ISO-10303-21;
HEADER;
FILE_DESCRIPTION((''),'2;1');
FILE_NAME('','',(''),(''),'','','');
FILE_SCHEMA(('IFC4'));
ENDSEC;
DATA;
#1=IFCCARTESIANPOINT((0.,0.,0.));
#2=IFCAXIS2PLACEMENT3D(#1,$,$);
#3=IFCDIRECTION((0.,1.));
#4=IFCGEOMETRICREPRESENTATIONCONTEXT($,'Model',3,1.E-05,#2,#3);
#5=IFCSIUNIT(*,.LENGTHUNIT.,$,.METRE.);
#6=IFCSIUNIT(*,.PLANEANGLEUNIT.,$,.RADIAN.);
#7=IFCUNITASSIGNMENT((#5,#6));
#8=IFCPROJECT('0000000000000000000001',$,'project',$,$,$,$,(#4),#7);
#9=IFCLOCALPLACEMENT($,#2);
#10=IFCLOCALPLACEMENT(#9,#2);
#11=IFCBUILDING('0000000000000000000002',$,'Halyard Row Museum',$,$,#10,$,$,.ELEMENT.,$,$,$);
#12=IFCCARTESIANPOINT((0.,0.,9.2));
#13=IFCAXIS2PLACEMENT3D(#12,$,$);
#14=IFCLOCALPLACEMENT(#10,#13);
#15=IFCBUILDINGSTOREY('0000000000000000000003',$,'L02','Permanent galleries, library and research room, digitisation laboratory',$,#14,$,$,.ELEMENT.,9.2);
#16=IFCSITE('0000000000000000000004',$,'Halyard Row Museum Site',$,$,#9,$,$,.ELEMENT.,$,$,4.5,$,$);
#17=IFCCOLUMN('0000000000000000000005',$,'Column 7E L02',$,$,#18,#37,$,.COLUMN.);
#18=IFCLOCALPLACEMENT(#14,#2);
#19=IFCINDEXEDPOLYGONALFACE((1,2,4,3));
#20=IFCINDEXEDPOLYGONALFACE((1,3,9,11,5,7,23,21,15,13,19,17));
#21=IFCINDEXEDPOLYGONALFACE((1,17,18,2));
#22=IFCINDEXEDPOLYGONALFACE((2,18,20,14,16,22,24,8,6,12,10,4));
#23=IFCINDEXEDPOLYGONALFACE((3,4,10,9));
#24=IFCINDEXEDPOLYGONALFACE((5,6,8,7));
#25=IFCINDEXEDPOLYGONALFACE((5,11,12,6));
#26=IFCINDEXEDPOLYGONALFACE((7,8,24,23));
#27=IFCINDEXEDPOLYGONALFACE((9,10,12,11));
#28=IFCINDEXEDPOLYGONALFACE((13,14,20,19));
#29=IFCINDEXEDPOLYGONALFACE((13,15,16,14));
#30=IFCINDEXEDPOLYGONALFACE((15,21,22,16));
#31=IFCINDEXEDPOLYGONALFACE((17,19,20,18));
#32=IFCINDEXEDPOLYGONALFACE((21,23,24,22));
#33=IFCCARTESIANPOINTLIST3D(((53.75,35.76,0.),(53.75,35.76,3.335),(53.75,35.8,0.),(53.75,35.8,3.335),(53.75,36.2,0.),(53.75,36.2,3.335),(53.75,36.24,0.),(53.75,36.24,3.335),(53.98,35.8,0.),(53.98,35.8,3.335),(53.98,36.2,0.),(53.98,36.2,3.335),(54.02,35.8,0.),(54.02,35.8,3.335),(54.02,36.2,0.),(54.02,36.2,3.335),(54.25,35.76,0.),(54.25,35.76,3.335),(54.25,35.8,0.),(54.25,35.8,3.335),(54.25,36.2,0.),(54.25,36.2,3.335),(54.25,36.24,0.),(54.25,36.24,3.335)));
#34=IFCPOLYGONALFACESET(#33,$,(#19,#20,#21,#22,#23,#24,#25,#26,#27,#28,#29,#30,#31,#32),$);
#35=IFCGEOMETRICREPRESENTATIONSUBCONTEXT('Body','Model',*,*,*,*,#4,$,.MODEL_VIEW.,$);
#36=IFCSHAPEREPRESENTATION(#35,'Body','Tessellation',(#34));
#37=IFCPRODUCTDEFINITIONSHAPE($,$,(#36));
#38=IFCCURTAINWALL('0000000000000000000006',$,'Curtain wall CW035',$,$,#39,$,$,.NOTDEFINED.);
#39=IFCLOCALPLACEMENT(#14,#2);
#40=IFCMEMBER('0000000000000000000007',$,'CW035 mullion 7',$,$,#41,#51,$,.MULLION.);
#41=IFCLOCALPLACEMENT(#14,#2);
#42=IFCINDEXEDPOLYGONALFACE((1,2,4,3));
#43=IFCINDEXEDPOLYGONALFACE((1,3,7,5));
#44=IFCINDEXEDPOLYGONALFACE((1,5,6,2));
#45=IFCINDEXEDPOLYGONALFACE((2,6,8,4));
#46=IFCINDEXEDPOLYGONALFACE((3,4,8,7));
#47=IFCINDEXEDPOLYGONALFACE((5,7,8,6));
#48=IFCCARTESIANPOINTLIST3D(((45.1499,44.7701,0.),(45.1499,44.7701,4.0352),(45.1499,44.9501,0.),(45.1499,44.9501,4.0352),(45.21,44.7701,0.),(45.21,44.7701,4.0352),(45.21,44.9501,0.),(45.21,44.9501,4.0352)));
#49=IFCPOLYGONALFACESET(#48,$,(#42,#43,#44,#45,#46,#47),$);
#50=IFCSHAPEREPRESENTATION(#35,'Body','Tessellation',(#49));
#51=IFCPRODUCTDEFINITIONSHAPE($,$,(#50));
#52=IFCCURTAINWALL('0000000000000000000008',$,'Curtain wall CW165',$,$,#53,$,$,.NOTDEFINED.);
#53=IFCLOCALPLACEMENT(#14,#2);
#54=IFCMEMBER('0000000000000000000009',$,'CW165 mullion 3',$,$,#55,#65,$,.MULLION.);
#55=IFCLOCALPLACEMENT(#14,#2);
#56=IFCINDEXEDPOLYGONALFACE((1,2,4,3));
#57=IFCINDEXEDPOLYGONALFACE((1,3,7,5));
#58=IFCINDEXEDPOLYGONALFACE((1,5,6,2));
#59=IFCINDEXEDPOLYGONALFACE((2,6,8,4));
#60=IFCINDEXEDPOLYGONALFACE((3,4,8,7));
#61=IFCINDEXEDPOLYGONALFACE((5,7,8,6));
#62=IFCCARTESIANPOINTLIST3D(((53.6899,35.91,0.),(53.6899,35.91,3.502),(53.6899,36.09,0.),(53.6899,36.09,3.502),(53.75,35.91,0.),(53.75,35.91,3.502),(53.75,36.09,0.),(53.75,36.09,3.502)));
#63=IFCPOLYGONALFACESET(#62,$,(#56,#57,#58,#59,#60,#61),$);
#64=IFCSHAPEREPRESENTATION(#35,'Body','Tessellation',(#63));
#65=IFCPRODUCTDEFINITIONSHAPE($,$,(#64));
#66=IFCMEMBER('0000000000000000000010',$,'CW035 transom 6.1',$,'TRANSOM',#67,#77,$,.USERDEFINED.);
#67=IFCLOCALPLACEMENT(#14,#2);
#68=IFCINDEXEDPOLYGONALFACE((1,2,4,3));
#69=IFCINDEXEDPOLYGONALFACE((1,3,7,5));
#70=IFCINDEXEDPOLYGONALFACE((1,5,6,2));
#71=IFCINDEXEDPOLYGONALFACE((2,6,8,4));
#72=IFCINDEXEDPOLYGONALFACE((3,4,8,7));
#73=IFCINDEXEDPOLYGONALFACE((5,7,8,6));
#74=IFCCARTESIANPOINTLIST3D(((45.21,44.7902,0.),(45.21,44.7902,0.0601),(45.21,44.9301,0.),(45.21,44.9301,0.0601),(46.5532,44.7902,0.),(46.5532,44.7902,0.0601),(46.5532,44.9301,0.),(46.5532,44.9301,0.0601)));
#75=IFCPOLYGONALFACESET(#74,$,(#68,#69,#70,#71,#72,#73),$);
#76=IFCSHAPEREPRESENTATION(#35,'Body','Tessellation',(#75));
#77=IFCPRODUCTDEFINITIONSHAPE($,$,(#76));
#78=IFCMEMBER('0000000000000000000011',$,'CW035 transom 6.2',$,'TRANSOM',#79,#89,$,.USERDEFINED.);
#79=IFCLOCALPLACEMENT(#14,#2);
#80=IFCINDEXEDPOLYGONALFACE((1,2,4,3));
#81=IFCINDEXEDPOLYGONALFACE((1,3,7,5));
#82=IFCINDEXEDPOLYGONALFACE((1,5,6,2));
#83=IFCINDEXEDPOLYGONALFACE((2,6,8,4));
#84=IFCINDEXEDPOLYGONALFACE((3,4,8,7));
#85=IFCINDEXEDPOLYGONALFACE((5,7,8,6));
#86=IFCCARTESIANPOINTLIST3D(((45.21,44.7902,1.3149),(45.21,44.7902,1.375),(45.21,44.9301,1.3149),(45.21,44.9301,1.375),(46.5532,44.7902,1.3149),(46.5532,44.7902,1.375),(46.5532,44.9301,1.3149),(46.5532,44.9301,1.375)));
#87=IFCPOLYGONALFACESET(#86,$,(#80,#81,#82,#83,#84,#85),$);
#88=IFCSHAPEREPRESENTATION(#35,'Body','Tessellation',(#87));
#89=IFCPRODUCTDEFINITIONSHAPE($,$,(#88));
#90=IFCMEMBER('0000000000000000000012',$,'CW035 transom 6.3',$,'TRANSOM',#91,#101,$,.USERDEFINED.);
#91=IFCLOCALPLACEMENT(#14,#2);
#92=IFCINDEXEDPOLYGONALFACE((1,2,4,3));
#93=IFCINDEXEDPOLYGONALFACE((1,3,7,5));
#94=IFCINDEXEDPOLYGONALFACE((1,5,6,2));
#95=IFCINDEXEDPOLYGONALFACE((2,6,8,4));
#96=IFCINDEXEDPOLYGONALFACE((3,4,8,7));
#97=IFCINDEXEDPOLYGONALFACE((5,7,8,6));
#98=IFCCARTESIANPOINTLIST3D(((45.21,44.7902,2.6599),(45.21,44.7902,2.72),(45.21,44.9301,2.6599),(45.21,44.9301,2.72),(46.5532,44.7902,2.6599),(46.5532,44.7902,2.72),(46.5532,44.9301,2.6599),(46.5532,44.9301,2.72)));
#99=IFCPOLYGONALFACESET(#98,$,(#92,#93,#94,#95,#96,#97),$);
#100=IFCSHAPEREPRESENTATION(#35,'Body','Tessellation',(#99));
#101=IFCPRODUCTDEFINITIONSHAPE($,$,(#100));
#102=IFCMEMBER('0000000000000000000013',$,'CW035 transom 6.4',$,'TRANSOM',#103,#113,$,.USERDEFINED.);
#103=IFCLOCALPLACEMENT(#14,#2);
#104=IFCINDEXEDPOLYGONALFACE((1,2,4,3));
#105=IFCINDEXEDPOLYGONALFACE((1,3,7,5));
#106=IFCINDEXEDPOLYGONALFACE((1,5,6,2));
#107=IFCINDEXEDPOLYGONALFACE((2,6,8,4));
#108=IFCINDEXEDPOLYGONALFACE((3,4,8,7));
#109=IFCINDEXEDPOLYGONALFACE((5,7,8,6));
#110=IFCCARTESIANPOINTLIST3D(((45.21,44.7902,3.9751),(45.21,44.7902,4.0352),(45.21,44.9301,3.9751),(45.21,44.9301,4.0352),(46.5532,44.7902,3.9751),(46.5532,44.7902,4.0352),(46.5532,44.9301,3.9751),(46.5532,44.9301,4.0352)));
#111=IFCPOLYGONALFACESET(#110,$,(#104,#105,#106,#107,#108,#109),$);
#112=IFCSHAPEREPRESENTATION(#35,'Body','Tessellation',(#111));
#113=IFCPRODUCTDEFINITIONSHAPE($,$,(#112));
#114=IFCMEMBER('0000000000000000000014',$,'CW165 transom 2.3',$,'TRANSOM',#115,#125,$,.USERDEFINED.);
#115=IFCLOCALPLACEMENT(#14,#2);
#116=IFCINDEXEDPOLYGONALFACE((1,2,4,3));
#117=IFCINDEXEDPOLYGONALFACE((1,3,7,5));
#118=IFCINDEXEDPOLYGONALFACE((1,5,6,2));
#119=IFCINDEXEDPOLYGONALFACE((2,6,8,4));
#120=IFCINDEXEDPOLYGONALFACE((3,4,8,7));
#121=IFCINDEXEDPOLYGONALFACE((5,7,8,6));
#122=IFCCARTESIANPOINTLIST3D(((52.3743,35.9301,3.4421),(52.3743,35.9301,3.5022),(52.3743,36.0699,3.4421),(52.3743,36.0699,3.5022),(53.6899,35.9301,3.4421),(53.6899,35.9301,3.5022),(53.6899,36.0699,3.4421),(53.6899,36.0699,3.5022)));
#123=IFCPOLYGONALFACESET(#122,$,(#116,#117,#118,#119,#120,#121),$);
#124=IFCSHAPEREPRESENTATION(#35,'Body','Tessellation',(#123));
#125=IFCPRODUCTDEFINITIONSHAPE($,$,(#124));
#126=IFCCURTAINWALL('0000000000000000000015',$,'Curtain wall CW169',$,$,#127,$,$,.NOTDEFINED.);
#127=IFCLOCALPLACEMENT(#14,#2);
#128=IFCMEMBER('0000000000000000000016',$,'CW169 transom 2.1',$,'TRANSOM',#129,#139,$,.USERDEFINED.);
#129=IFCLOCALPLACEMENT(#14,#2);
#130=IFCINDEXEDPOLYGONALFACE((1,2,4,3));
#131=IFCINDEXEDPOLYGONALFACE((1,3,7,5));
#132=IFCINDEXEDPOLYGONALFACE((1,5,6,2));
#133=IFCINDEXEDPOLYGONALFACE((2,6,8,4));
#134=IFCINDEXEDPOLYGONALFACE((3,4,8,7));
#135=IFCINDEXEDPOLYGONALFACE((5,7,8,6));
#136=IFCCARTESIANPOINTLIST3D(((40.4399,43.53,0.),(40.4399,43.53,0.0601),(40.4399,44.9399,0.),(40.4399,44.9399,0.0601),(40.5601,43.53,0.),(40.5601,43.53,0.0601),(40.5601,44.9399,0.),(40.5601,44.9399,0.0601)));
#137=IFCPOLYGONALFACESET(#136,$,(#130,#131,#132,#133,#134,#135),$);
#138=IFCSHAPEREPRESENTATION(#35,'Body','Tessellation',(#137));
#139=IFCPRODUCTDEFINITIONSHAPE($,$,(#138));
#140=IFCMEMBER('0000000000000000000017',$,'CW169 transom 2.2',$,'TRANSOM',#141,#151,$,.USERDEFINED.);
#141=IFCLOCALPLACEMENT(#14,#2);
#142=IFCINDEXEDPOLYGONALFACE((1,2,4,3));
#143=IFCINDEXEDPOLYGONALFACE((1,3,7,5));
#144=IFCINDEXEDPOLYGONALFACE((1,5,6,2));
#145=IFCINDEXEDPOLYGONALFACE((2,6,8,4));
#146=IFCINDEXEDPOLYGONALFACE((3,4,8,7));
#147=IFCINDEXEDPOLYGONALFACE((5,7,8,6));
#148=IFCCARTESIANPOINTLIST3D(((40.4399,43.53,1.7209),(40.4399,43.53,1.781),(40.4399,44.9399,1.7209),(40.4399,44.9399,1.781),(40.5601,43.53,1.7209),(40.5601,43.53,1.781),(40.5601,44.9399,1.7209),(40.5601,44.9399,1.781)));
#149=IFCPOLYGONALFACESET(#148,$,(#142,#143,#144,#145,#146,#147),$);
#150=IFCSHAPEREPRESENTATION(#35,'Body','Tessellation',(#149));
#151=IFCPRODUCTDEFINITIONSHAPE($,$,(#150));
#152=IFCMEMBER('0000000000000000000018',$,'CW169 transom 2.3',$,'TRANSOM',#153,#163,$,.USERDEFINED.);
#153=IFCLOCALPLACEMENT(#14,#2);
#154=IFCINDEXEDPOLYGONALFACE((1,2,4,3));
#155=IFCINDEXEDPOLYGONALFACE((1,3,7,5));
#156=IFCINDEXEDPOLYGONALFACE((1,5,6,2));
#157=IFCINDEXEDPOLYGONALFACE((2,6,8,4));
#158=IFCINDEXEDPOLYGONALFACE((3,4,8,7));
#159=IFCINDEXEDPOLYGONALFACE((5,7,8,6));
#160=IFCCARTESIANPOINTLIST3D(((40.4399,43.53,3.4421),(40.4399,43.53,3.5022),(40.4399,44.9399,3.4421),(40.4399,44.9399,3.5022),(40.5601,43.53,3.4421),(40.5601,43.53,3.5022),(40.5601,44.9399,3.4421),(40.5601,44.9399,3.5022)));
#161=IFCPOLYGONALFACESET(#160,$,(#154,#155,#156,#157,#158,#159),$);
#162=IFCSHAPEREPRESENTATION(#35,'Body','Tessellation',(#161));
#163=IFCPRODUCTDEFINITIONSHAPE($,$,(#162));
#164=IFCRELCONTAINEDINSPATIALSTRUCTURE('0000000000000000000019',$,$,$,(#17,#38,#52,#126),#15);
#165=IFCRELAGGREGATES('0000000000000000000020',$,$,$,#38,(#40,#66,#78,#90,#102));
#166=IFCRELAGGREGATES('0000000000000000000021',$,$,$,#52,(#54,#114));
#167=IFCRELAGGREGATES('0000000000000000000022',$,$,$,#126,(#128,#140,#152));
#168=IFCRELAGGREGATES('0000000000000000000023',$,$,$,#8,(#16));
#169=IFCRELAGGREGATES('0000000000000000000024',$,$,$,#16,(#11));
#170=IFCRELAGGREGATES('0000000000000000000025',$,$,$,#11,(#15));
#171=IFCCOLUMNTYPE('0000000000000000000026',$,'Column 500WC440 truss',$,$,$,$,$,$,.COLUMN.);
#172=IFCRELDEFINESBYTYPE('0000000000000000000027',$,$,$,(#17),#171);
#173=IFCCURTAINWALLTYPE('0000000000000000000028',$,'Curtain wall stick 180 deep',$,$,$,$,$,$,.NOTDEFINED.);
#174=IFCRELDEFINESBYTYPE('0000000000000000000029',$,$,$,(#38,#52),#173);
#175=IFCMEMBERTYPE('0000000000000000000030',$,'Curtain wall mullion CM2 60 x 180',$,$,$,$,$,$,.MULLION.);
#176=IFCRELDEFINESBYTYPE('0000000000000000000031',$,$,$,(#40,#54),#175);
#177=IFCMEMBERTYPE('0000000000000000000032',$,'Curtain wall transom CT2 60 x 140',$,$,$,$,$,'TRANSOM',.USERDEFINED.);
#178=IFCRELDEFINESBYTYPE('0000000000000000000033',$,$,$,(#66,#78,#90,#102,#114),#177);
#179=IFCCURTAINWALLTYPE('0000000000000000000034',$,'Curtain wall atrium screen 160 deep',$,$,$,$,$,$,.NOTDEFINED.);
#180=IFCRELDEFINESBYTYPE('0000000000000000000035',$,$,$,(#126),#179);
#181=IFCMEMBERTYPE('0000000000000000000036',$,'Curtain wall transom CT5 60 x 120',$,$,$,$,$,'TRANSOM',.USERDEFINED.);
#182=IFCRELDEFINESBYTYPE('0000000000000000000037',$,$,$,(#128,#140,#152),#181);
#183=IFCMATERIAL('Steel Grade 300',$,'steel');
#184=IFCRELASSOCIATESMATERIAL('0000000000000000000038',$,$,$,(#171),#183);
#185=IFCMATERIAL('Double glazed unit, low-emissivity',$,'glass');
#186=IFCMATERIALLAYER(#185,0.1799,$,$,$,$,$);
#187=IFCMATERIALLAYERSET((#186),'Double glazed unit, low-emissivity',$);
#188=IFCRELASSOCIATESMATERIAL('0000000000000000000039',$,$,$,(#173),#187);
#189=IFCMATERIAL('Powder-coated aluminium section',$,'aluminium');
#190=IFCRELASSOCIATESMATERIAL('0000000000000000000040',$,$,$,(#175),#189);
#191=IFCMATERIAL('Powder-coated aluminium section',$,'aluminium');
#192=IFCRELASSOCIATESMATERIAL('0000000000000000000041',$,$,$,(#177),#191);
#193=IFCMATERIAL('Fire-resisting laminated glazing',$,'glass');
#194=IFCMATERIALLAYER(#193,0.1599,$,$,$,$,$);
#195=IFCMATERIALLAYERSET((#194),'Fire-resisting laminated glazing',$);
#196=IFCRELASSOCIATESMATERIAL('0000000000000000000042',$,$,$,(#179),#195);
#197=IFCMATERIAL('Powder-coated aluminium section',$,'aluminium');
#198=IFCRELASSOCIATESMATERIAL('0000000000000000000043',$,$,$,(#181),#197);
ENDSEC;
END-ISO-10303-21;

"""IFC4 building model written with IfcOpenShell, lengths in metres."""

from ifc_helpers import new_model, si_unit, direction, frame, origin, origin_2d, place, context, subcontext, project, spatial, rectangle, i_section, extrude, material, layer, layer_set, material_profile, profile_set, type_object, element, aggregate, save


model = new_model("IFC4")

# Units and contexts
model_context = context("Model", 3, precision=1e-05, world=origin(), true_north=direction((0.0, 1.0)))
body_context = subcontext(model_context, "Body", "Model", "MODEL_VIEW")
ifc_project = project(units=[si_unit("LENGTHUNIT", "METRE"), si_unit("PLANEANGLEUNIT", "RADIAN")], contexts=[model_context])

# Site, building, storey
site_placement = place(None, origin())
site = spatial("IfcSite", under=ifc_project, at=site_placement, Name="Halyard Row Museum Site", CompositionType="ELEMENT", RefElevation=4.5)
building_placement = place(site_placement, origin())
building = spatial("IfcBuilding", under=site, at=building_placement, Name="Halyard Row Museum", CompositionType="ELEMENT")
storey_placement = place(building_placement, frame((0.0, 0.0, 9.2)))
storey = spatial("IfcBuildingStorey", under=building, at=storey_placement, Name="L02", Description="Permanent galleries, library and research room, digitisation laboratory", CompositionType="ELEMENT", Elevation=9.2)

# Column
ifc_material_1 = material(Name="Steel Grade 300", Category="steel")
ifc_material_profile_1 = material_profile(ifc_material_1, i_section(OverallWidth=0.5, OverallDepth=0.48, WebThickness=0.04, FlangeThickness=0.04, at=origin_2d()), Name="500WC440")
ifc_profile_set_1 = profile_set([ifc_material_profile_1], Name="Steel Grade 300")
column_type = type_object("IfcColumnType", Name="Column 500WC440 truss", PredefinedType="COLUMN", material=ifc_profile_set_1)
column_placement = place(storey_placement, frame((54.0, 36.0, 0.0), z_axis=(0.0, 0.0, 1.0), x_axis=(1.0, 0.0, 0.0)))
element("IfcColumn", 1, at=column_placement, inside=storey, type_object=column_type, Name="Column 7E L02", PredefinedType="COLUMN", context=body_context, shape_type="SweptSolid", body=[
    extrude(i_section(OverallWidth=0.5, OverallDepth=0.48, WebThickness=0.04, FlangeThickness=0.04, at=origin_2d()), origin(), (0.0, 0.0, 1.0), 3.335),
])

# Curtain walls, members
ifc_material_2 = material(Name="Double glazed unit, low-emissivity", Category="glass")
ifc_layer_1 = layer(ifc_material_2, 0.1799)
ifc_layer_set_1 = layer_set([ifc_layer_1], Name="Double glazed unit, low-emissivity")
curtain_wall_type_1 = type_object("IfcCurtainWallType", Name="Curtain wall stick 180 deep", PredefinedType="NOTDEFINED", material=ifc_layer_set_1)
curtain_wall_1_placement = place(storey_placement, origin())
curtain_wall_1 = element("IfcCurtainWall", 2, at=curtain_wall_1_placement, inside=storey, type_object=curtain_wall_type_1, Name="Curtain wall CW035", PredefinedType="NOTDEFINED")
ifc_material_3 = material(Name="Powder-coated aluminium section", Category="aluminium")
ifc_material_profile_2 = material_profile(ifc_material_3, rectangle(XDim=0.1799, YDim=0.0601, at=origin_2d()), Name="180x60 mullion")
ifc_profile_set_2 = profile_set([ifc_material_profile_2], Name="Powder-coated aluminium section")
member_type_1 = type_object("IfcMemberType", Name="Curtain wall mullion CM2 60 x 180", PredefinedType="MULLION", material=ifc_profile_set_2)
member_1_placement = place(storey_placement, frame((45.1799, 44.8601, 0.0), z_axis=(0.0, 0.0, 1.0), x_axis=(0.0, -1.0, 0.0)))
member_1 = element("IfcMember", 3, at=member_1_placement, type_object=member_type_1, Name="CW035 mullion 7", PredefinedType="MULLION", context=body_context, shape_type="SweptSolid", body=[
    extrude(rectangle(XDim=0.1799, YDim=0.0601, at=origin_2d()), origin(), (0.0, 0.0, 1.0), 4.0352),
])
curtain_wall_2_placement = place(storey_placement, origin())
curtain_wall_2 = element("IfcCurtainWall", 4, at=curtain_wall_2_placement, inside=storey, type_object=curtain_wall_type_1, Name="Curtain wall CW165", PredefinedType="NOTDEFINED")
member_2_placement = place(storey_placement, frame((53.72, 36.0, 0.0), z_axis=(0.0, 0.0, 1.0), x_axis=(0.0, 1.0, 0.0)))
member_2 = element("IfcMember", 5, at=member_2_placement, type_object=member_type_1, Name="CW165 mullion 3", PredefinedType="MULLION", context=body_context, shape_type="SweptSolid", body=[
    extrude(rectangle(XDim=0.1799, YDim=0.0601, at=origin_2d()), origin(), (0.0, 0.0, 1.0), 3.502),
])

# Members
ifc_material_4 = material(Name="Powder-coated aluminium section", Category="aluminium")
ifc_material_profile_3 = material_profile(ifc_material_4, rectangle(XDim=0.1399, YDim=0.0601, at=origin_2d()), Name="140x60 transom")
ifc_profile_set_3 = profile_set([ifc_material_profile_3], Name="Powder-coated aluminium section")
member_type_2 = type_object("IfcMemberType", Name="Curtain wall transom CT2 60 x 140", ElementType="TRANSOM", PredefinedType="USERDEFINED", material=ifc_profile_set_3)
member_3_placement = place(storey_placement, frame((46.5532, 44.8601, 0.03), z_axis=(-1.0, 0.0, 0.0), x_axis=(0.0, -1.0, 0.0)))
member_3 = element("IfcMember", 6, at=member_3_placement, type_object=member_type_2, Name="CW035 transom 6.1", ObjectType="TRANSOM", PredefinedType="USERDEFINED", context=body_context, shape_type="SweptSolid", body=[
    extrude(rectangle(XDim=0.1399, YDim=0.0601, at=origin_2d()), origin(), (0.0, 0.0, 1.0), 1.3433),
])
member_4_placement = place(storey_placement, frame((46.5532, 44.8601, 1.345), z_axis=(-1.0, 0.0, 0.0), x_axis=(0.0, -1.0, 0.0)))
member_4 = element("IfcMember", 7, at=member_4_placement, type_object=member_type_2, Name="CW035 transom 6.2", ObjectType="TRANSOM", PredefinedType="USERDEFINED", context=body_context, shape_type="SweptSolid", body=[
    extrude(rectangle(XDim=0.1399, YDim=0.0601, at=origin_2d()), origin(), (0.0, 0.0, 1.0), 1.3433),
])
member_5_placement = place(storey_placement, frame((46.5532, 44.8601, 2.6899), z_axis=(-1.0, 0.0, 0.0), x_axis=(0.0, -1.0, 0.0)))
member_5 = element("IfcMember", 8, at=member_5_placement, type_object=member_type_2, Name="CW035 transom 6.3", ObjectType="TRANSOM", PredefinedType="USERDEFINED", context=body_context, shape_type="SweptSolid", body=[
    extrude(rectangle(XDim=0.1399, YDim=0.0601, at=origin_2d()), origin(), (0.0, 0.0, 1.0), 1.3433),
])
member_6_placement = place(storey_placement, frame((46.5532, 44.8601, 4.0051), z_axis=(-1.0, 0.0, 0.0), x_axis=(0.0, -1.0, 0.0)))
member_6 = element("IfcMember", 9, at=member_6_placement, type_object=member_type_2, Name="CW035 transom 6.4", ObjectType="TRANSOM", PredefinedType="USERDEFINED", context=body_context, shape_type="SweptSolid", body=[
    extrude(rectangle(XDim=0.1399, YDim=0.0601, at=origin_2d()), origin(), (0.0, 0.0, 1.0), 1.3433),
])
member_7_placement = place(storey_placement, frame((52.3743, 36.0, 3.4722), z_axis=(1.0, 0.0, 0.0), x_axis=(0.0, 1.0, 0.0)))
member_7 = element("IfcMember", 10, at=member_7_placement, type_object=member_type_2, Name="CW165 transom 2.3", ObjectType="TRANSOM", PredefinedType="USERDEFINED", context=body_context, shape_type="SweptSolid", body=[
    extrude(rectangle(XDim=0.1399, YDim=0.0601, at=origin_2d()), origin(), (0.0, 0.0, 1.0), 1.3157),
])

# Curtain wall, members
ifc_material_5 = material(Name="Fire-resisting laminated glazing", Category="glass")
ifc_layer_2 = layer(ifc_material_5, 0.1599)
ifc_layer_set_2 = layer_set([ifc_layer_2], Name="Fire-resisting laminated glazing")
curtain_wall_type_2 = type_object("IfcCurtainWallType", Name="Curtain wall atrium screen 160 deep", PredefinedType="NOTDEFINED", material=ifc_layer_set_2)
curtain_wall_3_placement = place(storey_placement, origin())
curtain_wall_3 = element("IfcCurtainWall", 11, at=curtain_wall_3_placement, inside=storey, type_object=curtain_wall_type_2, Name="Curtain wall CW169", PredefinedType="NOTDEFINED")
ifc_material_6 = material(Name="Powder-coated aluminium section", Category="aluminium")
ifc_material_profile_4 = material_profile(ifc_material_6, rectangle(XDim=0.1201, YDim=0.0601, at=origin_2d()), Name="120x60 transom")
ifc_profile_set_4 = profile_set([ifc_material_profile_4], Name="Powder-coated aluminium section")
member_type_3 = type_object("IfcMemberType", Name="Curtain wall transom CT5 60 x 120", ElementType="TRANSOM", PredefinedType="USERDEFINED", material=ifc_profile_set_4)
member_8_placement = place(storey_placement, frame((40.5, 43.53, 0.03), z_axis=(0.0, 1.0, 0.0), x_axis=(-1.0, 0.0, 0.0)))
member_8 = element("IfcMember", 12, at=member_8_placement, type_object=member_type_3, Name="CW169 transom 2.1", ObjectType="TRANSOM", PredefinedType="USERDEFINED", context=body_context, shape_type="SweptSolid", body=[
    extrude(rectangle(XDim=0.1201, YDim=0.0601, at=origin_2d()), origin(), (0.0, 0.0, 1.0), 1.4099),
])
member_9_placement = place(storey_placement, frame((40.5, 43.53, 1.751), z_axis=(0.0, 1.0, 0.0), x_axis=(-1.0, 0.0, 0.0)))
member_9 = element("IfcMember", 13, at=member_9_placement, type_object=member_type_3, Name="CW169 transom 2.2", ObjectType="TRANSOM", PredefinedType="USERDEFINED", context=body_context, shape_type="SweptSolid", body=[
    extrude(rectangle(XDim=0.1201, YDim=0.0601, at=origin_2d()), origin(), (0.0, 0.0, 1.0), 1.4099),
])
member_10_placement = place(storey_placement, frame((40.5, 43.53, 3.4722), z_axis=(0.0, 1.0, 0.0), x_axis=(-1.0, 0.0, 0.0)))
member_10 = element("IfcMember", 14, at=member_10_placement, type_object=member_type_3, Name="CW169 transom 2.3", ObjectType="TRANSOM", PredefinedType="USERDEFINED", context=body_context, shape_type="SweptSolid", body=[
    extrude(rectangle(XDim=0.1201, YDim=0.0601, at=origin_2d()), origin(), (0.0, 0.0, 1.0), 1.4099),
])

aggregate(curtain_wall_1, [member_1, member_3, member_4, member_5, member_6])
aggregate(curtain_wall_2, [member_2, member_7])
aggregate(curtain_wall_3, [member_8, member_9, member_10])

save(model, "model.ifc")
